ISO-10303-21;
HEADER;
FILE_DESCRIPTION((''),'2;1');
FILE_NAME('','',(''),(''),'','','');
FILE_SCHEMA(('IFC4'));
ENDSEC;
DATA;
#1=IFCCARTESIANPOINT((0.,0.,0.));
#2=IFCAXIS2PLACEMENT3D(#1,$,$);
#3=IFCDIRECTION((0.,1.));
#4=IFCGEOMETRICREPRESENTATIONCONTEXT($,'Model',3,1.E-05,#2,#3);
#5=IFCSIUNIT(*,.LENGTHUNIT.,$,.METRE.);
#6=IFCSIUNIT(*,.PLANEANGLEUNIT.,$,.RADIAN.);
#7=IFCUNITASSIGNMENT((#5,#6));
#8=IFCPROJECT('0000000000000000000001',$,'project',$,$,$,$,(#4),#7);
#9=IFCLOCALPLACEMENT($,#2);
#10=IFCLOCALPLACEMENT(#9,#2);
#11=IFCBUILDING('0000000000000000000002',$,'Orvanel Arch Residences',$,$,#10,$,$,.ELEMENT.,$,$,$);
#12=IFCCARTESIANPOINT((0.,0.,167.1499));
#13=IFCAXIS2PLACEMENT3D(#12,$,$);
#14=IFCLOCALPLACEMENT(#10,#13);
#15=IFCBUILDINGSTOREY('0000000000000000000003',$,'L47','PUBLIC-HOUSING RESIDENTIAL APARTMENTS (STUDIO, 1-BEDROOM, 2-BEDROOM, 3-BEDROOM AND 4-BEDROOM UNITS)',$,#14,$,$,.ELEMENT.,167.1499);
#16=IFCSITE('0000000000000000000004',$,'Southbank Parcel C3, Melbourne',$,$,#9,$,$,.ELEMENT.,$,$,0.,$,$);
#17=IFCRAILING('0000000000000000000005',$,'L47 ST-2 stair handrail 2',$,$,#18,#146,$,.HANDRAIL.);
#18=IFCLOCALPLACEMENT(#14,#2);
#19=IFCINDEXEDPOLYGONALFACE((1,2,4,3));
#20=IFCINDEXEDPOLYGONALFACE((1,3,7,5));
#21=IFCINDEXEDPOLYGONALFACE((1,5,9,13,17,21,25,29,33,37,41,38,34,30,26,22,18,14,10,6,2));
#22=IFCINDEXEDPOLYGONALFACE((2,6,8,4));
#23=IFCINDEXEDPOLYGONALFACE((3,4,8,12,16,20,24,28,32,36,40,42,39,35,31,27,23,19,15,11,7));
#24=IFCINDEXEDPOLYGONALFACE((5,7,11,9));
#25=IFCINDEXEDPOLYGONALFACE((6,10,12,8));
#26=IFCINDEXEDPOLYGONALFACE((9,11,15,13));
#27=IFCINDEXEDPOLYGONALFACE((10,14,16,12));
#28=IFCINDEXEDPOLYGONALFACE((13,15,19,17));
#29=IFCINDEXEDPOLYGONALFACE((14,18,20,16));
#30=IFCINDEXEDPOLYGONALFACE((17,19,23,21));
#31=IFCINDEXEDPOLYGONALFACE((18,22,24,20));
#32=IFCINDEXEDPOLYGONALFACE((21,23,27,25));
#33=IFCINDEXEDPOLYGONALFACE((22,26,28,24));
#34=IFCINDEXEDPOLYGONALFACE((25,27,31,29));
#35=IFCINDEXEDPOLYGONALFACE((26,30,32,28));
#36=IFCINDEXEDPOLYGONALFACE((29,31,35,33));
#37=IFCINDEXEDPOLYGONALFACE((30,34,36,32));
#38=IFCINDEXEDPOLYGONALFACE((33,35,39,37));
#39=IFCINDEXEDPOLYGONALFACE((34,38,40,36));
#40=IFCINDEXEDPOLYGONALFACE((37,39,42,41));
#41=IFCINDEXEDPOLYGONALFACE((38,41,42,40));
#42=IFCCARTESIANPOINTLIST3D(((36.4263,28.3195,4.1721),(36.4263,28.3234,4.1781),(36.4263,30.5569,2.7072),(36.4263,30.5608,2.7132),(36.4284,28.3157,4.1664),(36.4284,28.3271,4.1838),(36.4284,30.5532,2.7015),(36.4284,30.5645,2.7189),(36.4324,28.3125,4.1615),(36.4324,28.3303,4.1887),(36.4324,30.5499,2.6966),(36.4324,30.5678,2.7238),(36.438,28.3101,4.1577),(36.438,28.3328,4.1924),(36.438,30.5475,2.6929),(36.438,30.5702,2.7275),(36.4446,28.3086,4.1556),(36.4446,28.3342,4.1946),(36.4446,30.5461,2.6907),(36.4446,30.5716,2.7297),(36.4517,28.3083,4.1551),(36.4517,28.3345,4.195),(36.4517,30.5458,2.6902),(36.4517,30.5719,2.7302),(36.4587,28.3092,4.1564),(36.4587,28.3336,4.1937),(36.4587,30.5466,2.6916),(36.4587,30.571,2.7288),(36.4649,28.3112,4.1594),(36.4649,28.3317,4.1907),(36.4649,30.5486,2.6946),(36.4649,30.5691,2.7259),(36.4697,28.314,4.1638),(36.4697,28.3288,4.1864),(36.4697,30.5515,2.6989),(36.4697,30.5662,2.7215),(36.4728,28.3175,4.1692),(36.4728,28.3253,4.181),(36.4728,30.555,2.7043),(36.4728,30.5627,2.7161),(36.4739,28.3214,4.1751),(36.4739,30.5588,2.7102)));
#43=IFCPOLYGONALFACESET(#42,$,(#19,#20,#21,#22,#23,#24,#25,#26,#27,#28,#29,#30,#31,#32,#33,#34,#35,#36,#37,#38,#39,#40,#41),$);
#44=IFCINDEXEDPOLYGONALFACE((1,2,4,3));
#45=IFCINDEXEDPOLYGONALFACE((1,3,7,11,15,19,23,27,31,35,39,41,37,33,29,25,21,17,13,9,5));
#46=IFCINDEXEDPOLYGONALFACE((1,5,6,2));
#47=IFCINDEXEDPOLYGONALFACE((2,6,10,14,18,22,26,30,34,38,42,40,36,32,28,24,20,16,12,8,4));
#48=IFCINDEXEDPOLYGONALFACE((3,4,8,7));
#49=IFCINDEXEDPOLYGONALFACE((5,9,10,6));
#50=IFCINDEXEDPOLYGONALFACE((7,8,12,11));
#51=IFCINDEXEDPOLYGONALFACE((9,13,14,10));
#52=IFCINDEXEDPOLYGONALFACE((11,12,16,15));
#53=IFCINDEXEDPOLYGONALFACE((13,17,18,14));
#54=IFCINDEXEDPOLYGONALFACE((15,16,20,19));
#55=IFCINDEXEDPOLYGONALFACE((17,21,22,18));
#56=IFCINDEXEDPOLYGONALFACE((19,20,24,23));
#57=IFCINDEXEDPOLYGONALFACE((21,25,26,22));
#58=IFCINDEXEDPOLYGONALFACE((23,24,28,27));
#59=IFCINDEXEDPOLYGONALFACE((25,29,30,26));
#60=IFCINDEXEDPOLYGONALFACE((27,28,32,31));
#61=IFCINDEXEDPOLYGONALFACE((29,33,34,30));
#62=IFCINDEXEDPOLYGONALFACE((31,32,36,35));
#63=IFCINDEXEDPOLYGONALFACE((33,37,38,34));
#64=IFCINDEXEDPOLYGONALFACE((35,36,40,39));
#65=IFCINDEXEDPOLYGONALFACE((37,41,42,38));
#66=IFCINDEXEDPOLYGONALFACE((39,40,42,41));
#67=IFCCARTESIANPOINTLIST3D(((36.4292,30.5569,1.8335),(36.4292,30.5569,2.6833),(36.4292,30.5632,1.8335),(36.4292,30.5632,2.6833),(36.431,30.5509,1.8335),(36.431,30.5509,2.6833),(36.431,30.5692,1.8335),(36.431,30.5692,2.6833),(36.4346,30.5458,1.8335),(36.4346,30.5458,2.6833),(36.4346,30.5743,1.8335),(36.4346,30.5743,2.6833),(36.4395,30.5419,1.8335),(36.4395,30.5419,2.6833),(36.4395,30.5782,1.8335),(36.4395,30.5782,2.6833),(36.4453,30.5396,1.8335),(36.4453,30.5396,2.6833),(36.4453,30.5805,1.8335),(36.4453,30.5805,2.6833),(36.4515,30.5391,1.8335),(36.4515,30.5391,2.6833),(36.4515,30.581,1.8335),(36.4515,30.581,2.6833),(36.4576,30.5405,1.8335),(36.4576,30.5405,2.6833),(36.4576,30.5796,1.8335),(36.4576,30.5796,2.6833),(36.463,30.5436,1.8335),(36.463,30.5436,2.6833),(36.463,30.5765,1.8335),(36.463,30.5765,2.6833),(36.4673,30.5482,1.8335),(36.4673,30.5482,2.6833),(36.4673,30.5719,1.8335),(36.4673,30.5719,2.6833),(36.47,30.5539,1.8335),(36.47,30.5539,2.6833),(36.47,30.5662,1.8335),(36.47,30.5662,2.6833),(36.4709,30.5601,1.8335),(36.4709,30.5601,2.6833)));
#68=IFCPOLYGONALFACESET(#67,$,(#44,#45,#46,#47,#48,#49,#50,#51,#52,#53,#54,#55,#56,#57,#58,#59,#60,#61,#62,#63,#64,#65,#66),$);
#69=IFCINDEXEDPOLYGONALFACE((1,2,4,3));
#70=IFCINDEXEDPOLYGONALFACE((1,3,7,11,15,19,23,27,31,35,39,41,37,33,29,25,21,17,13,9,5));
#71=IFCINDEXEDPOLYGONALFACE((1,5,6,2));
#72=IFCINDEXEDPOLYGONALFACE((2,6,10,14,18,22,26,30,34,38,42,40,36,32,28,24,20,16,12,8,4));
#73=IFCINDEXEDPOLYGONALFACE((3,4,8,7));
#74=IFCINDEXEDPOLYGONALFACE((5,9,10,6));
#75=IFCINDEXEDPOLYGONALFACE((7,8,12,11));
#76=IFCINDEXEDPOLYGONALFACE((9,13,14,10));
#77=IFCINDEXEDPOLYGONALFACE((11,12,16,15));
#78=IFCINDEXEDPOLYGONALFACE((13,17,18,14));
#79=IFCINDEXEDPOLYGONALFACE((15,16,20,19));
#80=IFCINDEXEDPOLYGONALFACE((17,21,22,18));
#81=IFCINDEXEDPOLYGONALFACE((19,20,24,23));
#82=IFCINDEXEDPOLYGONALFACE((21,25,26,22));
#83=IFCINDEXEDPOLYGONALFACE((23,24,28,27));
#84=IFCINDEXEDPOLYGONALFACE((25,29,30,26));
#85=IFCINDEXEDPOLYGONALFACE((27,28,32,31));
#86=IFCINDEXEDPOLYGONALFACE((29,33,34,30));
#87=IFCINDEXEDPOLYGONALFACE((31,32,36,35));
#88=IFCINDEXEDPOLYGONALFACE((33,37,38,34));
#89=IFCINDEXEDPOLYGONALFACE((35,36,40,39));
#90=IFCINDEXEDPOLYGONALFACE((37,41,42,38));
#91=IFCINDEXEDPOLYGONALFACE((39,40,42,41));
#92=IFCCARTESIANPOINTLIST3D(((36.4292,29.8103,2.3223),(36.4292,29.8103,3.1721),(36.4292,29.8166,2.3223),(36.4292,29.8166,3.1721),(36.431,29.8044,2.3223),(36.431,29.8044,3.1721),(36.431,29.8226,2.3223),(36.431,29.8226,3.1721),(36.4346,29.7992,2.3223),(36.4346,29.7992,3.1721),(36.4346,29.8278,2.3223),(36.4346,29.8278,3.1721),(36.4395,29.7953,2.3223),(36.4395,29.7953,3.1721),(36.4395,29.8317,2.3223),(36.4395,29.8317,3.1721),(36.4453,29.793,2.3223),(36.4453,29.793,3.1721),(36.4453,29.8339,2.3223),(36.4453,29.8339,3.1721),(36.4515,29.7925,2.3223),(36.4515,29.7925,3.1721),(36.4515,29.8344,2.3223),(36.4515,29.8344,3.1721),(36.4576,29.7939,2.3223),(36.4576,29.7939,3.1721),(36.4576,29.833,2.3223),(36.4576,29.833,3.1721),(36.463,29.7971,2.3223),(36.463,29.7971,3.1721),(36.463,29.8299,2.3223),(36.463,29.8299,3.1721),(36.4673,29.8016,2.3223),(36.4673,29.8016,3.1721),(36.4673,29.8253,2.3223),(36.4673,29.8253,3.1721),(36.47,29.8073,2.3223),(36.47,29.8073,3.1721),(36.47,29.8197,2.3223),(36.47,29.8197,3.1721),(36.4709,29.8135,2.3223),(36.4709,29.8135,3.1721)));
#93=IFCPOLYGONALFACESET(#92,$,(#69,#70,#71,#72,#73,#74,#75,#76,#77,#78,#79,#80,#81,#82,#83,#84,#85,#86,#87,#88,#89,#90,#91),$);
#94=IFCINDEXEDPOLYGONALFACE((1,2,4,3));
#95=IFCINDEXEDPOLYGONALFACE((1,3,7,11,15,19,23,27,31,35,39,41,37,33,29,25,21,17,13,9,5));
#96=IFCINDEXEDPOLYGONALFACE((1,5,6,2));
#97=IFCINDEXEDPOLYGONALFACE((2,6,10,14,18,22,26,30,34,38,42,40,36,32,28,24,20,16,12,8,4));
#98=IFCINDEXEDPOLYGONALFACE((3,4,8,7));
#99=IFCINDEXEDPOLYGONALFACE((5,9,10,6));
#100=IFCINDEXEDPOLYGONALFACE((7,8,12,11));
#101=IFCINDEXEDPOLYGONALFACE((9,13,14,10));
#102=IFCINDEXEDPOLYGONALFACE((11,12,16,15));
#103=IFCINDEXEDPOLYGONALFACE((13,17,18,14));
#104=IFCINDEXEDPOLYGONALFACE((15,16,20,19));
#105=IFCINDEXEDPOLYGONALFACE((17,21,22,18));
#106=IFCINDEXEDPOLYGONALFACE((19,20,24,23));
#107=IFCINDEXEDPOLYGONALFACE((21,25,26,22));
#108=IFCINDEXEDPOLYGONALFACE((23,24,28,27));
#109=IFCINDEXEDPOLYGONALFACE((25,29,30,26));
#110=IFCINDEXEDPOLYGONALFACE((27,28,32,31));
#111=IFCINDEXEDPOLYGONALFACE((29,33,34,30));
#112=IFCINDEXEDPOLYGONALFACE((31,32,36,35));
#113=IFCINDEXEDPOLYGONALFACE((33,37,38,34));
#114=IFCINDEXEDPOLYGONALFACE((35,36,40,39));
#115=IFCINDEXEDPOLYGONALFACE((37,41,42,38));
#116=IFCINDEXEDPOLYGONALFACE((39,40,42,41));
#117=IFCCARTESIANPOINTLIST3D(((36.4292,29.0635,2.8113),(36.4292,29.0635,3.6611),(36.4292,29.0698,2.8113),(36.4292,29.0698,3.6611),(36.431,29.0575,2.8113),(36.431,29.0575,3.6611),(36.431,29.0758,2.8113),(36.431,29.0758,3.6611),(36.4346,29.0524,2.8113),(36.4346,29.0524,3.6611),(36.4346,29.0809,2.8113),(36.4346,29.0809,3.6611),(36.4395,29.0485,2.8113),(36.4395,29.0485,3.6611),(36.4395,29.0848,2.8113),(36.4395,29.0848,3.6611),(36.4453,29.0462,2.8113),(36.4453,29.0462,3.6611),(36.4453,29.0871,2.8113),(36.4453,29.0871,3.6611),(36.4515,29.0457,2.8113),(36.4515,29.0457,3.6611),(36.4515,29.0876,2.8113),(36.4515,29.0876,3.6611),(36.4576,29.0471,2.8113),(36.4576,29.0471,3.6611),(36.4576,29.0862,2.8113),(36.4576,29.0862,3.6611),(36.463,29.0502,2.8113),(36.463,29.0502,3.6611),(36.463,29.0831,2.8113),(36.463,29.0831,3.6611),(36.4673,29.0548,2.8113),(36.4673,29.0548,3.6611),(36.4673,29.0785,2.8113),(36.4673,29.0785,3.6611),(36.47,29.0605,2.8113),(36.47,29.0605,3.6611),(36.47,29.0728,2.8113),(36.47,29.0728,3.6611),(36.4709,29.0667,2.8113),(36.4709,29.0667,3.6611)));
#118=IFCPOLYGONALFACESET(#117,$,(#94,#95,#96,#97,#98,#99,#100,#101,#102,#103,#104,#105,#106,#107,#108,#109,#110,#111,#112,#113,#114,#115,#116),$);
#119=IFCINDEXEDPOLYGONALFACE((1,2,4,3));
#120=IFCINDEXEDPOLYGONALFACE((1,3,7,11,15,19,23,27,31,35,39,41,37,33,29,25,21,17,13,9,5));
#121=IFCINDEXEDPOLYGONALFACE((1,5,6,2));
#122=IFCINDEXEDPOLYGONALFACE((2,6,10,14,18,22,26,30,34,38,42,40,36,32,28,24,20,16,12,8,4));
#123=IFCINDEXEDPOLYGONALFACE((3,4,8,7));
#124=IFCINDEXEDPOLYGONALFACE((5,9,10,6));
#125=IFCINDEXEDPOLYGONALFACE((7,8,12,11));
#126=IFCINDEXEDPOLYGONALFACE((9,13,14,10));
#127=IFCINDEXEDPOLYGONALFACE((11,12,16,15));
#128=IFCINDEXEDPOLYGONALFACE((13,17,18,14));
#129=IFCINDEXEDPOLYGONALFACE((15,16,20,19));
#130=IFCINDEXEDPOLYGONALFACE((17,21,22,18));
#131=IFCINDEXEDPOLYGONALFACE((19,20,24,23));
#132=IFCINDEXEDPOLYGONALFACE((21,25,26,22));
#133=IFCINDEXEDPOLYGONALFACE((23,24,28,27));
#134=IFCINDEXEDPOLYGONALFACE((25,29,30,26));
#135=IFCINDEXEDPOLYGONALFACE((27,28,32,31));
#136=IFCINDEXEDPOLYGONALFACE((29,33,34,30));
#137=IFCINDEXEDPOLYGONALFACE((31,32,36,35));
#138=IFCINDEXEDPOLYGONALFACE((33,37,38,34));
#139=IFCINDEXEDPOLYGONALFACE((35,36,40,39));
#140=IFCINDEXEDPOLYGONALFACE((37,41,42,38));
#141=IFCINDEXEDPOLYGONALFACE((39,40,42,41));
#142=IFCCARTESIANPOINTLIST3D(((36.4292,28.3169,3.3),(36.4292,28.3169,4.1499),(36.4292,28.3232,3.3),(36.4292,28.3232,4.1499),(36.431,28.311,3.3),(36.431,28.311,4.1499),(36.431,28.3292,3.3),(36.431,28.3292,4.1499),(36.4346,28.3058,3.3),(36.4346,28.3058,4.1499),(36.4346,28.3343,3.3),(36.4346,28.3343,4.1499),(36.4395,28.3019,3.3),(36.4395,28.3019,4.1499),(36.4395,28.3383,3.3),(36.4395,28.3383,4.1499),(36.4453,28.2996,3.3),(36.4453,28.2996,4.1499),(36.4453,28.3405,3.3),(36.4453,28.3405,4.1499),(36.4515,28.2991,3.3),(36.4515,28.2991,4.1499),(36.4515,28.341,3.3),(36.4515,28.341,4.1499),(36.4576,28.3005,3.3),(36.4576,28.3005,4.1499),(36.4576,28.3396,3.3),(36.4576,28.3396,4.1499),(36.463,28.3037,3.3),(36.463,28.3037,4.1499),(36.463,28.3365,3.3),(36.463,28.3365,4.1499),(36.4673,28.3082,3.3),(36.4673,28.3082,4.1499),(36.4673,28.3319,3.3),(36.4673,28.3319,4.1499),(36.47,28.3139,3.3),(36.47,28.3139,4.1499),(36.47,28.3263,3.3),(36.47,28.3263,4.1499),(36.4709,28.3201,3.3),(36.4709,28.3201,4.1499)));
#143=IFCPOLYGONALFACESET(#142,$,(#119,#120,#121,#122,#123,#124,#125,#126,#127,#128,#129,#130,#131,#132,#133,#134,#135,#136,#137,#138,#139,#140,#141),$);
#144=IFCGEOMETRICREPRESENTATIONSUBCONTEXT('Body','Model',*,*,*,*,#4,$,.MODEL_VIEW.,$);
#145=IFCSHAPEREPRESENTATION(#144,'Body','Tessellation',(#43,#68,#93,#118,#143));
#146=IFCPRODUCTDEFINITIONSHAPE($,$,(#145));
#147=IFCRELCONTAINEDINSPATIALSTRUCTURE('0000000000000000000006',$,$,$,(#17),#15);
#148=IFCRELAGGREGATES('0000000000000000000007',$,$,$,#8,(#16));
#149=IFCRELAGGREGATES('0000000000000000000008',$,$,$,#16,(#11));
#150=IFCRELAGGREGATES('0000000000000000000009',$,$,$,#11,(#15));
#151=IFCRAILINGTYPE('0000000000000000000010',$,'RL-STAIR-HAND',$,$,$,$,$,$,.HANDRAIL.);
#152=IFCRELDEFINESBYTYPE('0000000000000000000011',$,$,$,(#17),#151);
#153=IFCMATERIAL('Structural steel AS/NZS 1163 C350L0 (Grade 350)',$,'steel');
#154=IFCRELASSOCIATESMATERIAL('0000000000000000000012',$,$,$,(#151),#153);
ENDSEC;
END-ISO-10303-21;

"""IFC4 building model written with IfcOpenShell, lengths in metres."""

from ifc_helpers import new_model, si_unit, direction, frame, origin, origin_2d, place, context, subcontext, project, spatial, circle, extrude, material, type_object, element, save


model = new_model("IFC4")

# Units and contexts
model_context = context("Model", 3, precision=1e-05, world=origin(), true_north=direction((0.0, 1.0)))
body_context = subcontext(model_context, "Body", "Model", "MODEL_VIEW")
ifc_project = project(units=[si_unit("LENGTHUNIT", "METRE"), si_unit("PLANEANGLEUNIT", "RADIAN")], contexts=[model_context])

# Site, building, storey
site_placement = place(None, origin())
site = spatial("IfcSite", under=ifc_project, at=site_placement, Name="Southbank Parcel C3, Melbourne", CompositionType="ELEMENT", RefElevation=0.0)
building_placement = place(site_placement, origin())
building = spatial("IfcBuilding", under=site, at=building_placement, Name="Orvanel Arch Residences", CompositionType="ELEMENT")
storey_placement = place(building_placement, frame((0.0, 0.0, 167.1499)))
storey = spatial("IfcBuildingStorey", under=building, at=storey_placement, Name="L47", Description="PUBLIC-HOUSING RESIDENTIAL APARTMENTS (STUDIO, 1-BEDROOM, 2-BEDROOM, 3-BEDROOM AND 4-BEDROOM UNITS)", CompositionType="ELEMENT", Elevation=167.1499)

# Railing
ifc_material_1 = material(Name="Structural steel AS/NZS 1163 C350L0 (Grade 350)", Category="steel")
railing_type_1 = type_object("IfcRailingType", Name="RL-STAIR-HAND", PredefinedType="HANDRAIL", material=ifc_material_1)
railing_1_placement = place(storey_placement, frame((36.45, 30.5601, 1.8335)))
element("IfcRailing", 1, at=railing_1_placement, inside=storey, type_object=railing_type_1, Name="L47 ST-2 stair handrail 2", PredefinedType="HANDRAIL", context=body_context, shape_type="SweptSolid", body=[
    extrude(circle(Radius=0.0239, at=origin_2d()), frame((0.0, -0.0012, 0.8767), z_axis=(0.0, -0.836637, 0.547758), x_axis=(1.0, 0.0, 0.0)), (0.0, 0.0, 1.0), 2.6743),
    extrude(circle(Radius=0.021, at=origin_2d()), origin(), (0.0, 0.0, 1.0), 0.8499),
    extrude(circle(Radius=0.021, at=origin_2d()), frame((0.0, -0.7466, 0.4888)), (0.0, 0.0, 1.0), 0.8499),
    extrude(circle(Radius=0.021, at=origin_2d()), frame((0.0, -1.4934, 0.9778)), (0.0, 0.0, 1.0), 0.8499),
    extrude(circle(Radius=0.021, at=origin_2d()), frame((0.0, -2.24, 1.4666)), (0.0, 0.0, 1.0), 0.8499),
])

save(model, "model.ifc")
